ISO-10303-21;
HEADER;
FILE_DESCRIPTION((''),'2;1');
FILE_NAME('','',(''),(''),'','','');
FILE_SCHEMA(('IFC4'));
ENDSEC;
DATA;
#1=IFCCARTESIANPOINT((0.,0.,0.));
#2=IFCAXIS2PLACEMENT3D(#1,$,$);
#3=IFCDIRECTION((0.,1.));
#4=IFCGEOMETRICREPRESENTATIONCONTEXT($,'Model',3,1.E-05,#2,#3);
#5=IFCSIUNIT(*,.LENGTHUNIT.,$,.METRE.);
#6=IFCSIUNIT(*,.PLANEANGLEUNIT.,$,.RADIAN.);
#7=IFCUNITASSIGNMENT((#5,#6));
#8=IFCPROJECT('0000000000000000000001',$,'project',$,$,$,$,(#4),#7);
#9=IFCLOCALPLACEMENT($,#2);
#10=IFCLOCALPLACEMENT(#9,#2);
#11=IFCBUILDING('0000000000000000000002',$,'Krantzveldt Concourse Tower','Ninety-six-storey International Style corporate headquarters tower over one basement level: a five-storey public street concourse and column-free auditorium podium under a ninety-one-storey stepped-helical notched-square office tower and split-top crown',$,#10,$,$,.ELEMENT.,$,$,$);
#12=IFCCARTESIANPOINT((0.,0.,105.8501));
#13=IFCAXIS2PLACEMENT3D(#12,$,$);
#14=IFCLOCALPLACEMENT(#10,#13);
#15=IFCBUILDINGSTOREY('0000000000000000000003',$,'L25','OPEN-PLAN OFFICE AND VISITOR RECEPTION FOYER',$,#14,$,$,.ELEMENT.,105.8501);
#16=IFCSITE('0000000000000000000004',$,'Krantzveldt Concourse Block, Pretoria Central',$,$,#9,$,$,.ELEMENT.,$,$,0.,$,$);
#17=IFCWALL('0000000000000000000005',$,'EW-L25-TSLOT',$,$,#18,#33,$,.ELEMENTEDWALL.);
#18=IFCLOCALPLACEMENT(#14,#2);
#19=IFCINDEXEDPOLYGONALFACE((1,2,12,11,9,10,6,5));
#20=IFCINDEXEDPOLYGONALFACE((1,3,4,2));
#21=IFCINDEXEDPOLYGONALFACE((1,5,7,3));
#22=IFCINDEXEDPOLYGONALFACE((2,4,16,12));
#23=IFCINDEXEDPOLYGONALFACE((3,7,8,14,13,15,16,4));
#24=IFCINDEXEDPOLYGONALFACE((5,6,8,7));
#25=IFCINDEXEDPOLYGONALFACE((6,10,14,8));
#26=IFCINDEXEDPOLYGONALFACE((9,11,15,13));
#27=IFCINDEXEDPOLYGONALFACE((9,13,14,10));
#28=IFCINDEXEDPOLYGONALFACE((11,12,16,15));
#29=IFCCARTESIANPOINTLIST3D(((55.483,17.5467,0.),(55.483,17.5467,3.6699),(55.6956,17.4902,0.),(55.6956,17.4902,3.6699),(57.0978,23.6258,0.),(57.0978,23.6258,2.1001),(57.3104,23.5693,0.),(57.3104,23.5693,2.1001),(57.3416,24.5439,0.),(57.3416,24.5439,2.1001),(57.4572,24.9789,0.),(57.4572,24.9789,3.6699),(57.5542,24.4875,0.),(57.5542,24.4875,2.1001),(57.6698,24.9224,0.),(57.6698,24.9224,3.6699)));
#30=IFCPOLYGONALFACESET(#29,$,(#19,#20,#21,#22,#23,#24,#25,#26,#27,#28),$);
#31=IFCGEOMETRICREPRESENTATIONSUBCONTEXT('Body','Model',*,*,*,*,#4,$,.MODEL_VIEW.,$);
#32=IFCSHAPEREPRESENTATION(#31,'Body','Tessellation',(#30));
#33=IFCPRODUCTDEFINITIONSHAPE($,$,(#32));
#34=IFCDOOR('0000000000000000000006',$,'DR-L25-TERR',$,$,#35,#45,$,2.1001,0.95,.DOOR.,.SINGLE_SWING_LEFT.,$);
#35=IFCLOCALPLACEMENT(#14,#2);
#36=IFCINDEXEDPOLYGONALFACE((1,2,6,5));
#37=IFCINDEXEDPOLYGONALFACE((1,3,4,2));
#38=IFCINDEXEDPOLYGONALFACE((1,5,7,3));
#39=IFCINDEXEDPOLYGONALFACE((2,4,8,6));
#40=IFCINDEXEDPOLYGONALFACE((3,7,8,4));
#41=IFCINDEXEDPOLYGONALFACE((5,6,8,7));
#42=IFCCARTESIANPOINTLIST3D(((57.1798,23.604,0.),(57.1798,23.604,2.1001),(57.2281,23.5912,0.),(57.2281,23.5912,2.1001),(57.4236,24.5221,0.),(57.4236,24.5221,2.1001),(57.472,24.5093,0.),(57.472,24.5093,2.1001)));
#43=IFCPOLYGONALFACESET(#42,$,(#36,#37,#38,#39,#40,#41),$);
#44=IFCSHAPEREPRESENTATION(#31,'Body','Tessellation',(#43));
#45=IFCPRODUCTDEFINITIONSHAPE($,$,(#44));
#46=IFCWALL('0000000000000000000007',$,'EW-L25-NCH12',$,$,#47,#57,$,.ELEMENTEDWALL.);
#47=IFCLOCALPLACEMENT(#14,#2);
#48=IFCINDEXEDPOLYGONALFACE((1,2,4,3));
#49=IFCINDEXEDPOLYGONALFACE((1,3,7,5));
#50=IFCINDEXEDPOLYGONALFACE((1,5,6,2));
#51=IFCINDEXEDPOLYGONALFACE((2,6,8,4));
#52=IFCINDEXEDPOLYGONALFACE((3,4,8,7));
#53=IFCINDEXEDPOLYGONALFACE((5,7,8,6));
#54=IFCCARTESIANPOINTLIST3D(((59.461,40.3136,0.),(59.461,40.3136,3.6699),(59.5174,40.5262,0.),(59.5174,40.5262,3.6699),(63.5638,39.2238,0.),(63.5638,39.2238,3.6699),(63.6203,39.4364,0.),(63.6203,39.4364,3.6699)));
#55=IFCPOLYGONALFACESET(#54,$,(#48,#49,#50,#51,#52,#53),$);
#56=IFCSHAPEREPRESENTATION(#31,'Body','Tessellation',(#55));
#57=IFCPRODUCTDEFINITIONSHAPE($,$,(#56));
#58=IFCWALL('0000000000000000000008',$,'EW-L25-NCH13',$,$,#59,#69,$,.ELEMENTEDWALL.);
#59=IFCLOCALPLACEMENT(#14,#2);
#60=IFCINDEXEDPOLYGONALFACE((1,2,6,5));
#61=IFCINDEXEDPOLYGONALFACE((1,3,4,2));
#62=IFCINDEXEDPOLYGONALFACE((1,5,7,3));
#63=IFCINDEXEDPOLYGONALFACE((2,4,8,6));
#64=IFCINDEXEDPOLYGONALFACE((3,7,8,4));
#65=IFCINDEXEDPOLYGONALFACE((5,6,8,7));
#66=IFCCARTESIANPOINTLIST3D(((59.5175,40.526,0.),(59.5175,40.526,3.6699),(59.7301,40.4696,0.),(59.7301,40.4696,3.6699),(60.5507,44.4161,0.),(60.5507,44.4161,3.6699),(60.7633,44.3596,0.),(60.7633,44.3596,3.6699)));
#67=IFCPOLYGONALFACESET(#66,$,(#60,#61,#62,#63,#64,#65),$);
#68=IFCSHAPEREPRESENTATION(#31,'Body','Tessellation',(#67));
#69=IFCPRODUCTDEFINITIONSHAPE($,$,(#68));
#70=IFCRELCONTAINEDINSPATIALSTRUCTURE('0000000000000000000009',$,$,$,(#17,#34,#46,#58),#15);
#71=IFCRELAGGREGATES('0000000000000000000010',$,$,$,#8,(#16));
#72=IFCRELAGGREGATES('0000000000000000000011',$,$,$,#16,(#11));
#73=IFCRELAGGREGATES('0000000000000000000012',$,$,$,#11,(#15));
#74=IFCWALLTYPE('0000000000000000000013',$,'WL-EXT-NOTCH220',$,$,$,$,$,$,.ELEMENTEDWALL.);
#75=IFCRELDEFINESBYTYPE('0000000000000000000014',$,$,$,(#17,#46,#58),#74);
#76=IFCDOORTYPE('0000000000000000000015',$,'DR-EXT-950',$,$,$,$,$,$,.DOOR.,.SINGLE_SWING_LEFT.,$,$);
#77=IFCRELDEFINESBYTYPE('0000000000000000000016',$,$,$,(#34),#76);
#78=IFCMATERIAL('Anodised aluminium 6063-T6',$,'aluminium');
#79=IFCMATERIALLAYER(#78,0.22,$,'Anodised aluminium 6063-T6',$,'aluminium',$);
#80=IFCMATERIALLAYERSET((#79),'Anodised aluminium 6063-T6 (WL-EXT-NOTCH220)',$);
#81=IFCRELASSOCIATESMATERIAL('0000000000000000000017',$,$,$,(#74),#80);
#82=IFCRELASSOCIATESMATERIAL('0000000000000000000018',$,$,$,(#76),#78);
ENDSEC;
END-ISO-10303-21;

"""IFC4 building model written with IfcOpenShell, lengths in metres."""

from ifc_helpers import new_model, si_unit, direction, frame, frame_2d, origin, place, context, subcontext, project, spatial, rectangle, extrude, material, layer, layer_set, type_object, element, fill, save


model = new_model("IFC4")

# Units and contexts
model_context = context("Model", 3, precision=1e-05, world=origin(), true_north=direction((0.0, 1.0)))
body_context = subcontext(model_context, "Body", "Model", "MODEL_VIEW")
ifc_project = project(units=[si_unit("LENGTHUNIT", "METRE"), si_unit("PLANEANGLEUNIT", "RADIAN")], contexts=[model_context])

# Site, building, storey
site_placement = place(None, origin())
site = spatial("IfcSite", under=ifc_project, at=site_placement, Name="Krantzveldt Concourse Block, Pretoria Central", CompositionType="ELEMENT", RefElevation=0.0)
building_placement = place(site_placement, origin())
building = spatial("IfcBuilding", under=site, at=building_placement, Name="Krantzveldt Concourse Tower", Description="Ninety-six-storey International Style corporate headquarters tower over one basement level: a five-storey public street concourse and column-free auditorium podium under a ninety-one-storey stepped-helical notched-square office tower and split-top crown", CompositionType="ELEMENT")
storey_placement = place(building_placement, frame((0.0, 0.0, 105.8501)))
storey = spatial("IfcBuildingStorey", under=building, at=storey_placement, Name="L25", Description="OPEN-PLAN OFFICE AND VISITOR RECEPTION FOYER", CompositionType="ELEMENT", Elevation=105.8501)

# Shared definitions
ifc_material_1 = material(Name="Anodised aluminium 6063-T6", Category="aluminium")

# Wall, opening, door
ifc_layer_1 = layer(ifc_material_1, 0.22, Name="Anodised aluminium 6063-T6", Category="aluminium")
ifc_layer_set_1 = layer_set([ifc_layer_1], Name="Anodised aluminium 6063-T6 (WL-EXT-NOTCH220)")
wall_type = type_object("IfcWallType", Name="WL-EXT-NOTCH220", PredefinedType="ELEMENTEDWALL", material=ifc_layer_set_1)
wall_1_placement = place(storey_placement, frame((57.5635, 24.9507, 0.0), z_axis=(0.0, 0.0, 1.0), x_axis=(-0.256718, -0.966486, 0.0)))
wall_1 = element("IfcWall", 1, at=wall_1_placement, inside=storey, type_object=wall_type, Name="EW-L25-TSLOT", PredefinedType="ELEMENTEDWALL", context=body_context, shape_type="SweptSolid", body=[
    extrude(rectangle(XDim=7.6899, YDim=0.22, at=frame_2d((3.845, 0.0))), origin(), (0.0, 0.0, 1.0), 3.6699),
])
opening_placement = place(wall_1_placement, frame((0.45, 0.0, 0.0)))
opening = element("IfcOpeningElement", 2, at=opening_placement, cuts=wall_1, PredefinedType="OPENING", context=body_context, shape_type="SweptSolid", body=[
    extrude(rectangle(XDim=0.95, YDim=2.1001, at=frame_2d((0.4751, 1.05))), frame((0.0, 0.1201, 0.0), z_axis=(0.0, -1.0, 0.0), x_axis=(1.0, 0.0, 0.0)), (0.0, 0.0, 1.0), 0.24),
])
door_type = type_object("IfcDoorType", Name="DR-EXT-950", OperationType="SINGLE_SWING_LEFT", PredefinedType="DOOR", material=ifc_material_1)
door_placement = place(opening_placement, origin())
door = element("IfcDoor", 3, at=door_placement, inside=storey, type_object=door_type, Name="DR-L25-TERR", OperationType="SINGLE_SWING_LEFT", OverallHeight=2.1001, OverallWidth=0.95, PredefinedType="DOOR", context=body_context, shape_type="SweptSolid", body=[
    extrude(rectangle(XDim=0.95, YDim=2.1001, at=frame_2d((0.4751, 1.05))), frame((0.0, 0.0249, 0.0), z_axis=(0.0, -1.0, 0.0), x_axis=(1.0, 0.0, 0.0)), (0.0, 0.0, 1.0), 0.05),
])
fill(opening, door)

# Walls
wall_2_placement = place(storey_placement, frame((63.592, 39.3301, 0.0), z_axis=(0.0, 0.0, 1.0), x_axis=(-0.966483, 0.256732, 0.0)))
element("IfcWall", 4, at=wall_2_placement, inside=storey, type_object=wall_type, Name="EW-L25-NCH12", PredefinedType="ELEMENTEDWALL", context=body_context, shape_type="SweptSolid", body=[
    extrude(rectangle(XDim=4.2451, YDim=0.22, at=frame_2d((2.1226, 0.0))), origin(), (0.0, 0.0, 1.0), 3.6699),
])
wall_3_placement = place(storey_placement, frame((59.6238, 40.4978, 0.0), z_axis=(0.0, 0.0, 1.0), x_axis=(0.256696, 0.966492, 0.0)))
element("IfcWall", 5, at=wall_3_placement, inside=storey, type_object=wall_type, Name="EW-L25-NCH13", PredefinedType="ELEMENTEDWALL", context=body_context, shape_type="SweptSolid", body=[
    extrude(rectangle(XDim=4.0249, YDim=0.22, at=frame_2d((2.0125, 0.0))), origin(), (0.0, 0.0, 1.0), 3.6699),
])

save(model, "model.ifc")
